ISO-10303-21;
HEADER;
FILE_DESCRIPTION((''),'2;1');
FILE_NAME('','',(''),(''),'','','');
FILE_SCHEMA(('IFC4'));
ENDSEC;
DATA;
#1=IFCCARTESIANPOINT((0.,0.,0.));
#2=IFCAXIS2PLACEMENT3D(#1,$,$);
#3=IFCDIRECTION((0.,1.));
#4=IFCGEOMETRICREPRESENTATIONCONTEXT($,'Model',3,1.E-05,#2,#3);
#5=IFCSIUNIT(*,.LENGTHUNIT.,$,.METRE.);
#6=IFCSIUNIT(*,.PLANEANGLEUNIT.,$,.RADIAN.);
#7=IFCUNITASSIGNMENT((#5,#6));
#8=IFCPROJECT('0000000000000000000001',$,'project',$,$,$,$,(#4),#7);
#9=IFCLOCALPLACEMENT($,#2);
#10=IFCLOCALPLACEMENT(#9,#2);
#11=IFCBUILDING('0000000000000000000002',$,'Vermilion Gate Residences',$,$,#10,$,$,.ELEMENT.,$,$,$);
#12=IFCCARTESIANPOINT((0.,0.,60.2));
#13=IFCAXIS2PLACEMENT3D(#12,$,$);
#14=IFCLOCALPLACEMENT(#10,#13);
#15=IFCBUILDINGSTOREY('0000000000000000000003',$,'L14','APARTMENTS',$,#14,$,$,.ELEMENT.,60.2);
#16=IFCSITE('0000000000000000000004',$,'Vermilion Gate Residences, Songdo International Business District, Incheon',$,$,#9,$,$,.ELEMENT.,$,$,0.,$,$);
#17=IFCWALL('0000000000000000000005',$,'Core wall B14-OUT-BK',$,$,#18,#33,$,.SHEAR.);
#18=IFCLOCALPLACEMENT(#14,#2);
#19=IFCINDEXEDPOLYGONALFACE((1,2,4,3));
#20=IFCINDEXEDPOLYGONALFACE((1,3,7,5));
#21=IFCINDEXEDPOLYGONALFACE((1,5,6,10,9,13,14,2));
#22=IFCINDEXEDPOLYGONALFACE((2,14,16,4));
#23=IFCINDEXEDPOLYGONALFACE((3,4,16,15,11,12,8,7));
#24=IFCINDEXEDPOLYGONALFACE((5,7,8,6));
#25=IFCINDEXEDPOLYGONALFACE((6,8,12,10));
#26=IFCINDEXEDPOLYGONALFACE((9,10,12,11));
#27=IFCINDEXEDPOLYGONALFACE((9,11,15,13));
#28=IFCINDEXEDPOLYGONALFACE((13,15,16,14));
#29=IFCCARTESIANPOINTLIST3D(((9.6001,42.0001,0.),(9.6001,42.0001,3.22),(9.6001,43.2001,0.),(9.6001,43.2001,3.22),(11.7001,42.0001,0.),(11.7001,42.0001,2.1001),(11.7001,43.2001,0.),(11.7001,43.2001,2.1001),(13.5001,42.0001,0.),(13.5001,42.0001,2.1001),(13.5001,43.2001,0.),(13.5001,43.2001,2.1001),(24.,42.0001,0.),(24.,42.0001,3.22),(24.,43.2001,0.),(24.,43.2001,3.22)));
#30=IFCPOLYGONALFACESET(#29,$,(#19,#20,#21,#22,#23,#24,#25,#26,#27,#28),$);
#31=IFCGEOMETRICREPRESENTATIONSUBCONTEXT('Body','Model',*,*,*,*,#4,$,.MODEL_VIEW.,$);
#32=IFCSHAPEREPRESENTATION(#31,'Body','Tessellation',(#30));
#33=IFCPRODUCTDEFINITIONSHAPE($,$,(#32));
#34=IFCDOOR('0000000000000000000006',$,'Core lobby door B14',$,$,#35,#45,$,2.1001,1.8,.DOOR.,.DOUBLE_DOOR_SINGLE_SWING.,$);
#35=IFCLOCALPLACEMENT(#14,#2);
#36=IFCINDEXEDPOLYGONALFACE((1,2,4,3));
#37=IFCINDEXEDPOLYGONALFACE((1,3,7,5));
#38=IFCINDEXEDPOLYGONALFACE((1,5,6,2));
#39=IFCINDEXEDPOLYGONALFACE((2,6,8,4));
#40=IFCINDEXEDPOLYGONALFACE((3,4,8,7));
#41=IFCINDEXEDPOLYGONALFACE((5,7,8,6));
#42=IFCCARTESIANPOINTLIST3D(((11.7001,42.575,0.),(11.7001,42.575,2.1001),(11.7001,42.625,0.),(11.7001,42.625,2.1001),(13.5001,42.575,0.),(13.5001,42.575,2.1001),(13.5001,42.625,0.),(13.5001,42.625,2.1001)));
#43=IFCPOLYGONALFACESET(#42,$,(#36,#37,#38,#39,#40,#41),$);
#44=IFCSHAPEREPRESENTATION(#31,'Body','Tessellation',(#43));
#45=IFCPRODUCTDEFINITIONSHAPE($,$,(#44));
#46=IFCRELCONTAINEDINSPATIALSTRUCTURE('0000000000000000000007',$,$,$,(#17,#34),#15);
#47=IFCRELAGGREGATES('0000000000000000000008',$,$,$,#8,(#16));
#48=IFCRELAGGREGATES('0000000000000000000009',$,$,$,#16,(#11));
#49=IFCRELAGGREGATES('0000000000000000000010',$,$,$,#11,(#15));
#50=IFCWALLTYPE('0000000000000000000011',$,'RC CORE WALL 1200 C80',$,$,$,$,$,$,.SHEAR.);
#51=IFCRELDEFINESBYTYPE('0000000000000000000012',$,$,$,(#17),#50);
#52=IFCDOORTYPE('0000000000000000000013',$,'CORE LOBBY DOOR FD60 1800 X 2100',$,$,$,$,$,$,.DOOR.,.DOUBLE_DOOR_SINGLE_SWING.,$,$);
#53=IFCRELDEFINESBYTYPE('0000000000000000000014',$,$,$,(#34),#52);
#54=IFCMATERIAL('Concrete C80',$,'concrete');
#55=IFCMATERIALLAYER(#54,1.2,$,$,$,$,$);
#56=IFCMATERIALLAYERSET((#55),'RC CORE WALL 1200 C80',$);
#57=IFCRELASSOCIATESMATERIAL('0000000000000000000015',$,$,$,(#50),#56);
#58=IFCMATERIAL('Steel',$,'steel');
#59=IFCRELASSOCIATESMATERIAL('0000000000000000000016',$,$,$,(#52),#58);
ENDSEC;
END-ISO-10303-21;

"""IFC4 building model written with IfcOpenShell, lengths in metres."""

from ifc_helpers import new_model, si_unit, direction, frame, frame_2d, origin, place, context, subcontext, project, spatial, rectangle, extrude, material, layer, layer_set, type_object, element, fill, save


model = new_model("IFC4")

# Units and contexts
model_context = context("Model", 3, precision=1e-05, world=origin(), true_north=direction((0.0, 1.0)))
body_context = subcontext(model_context, "Body", "Model", "MODEL_VIEW")
ifc_project = project(units=[si_unit("LENGTHUNIT", "METRE"), si_unit("PLANEANGLEUNIT", "RADIAN")], contexts=[model_context])

# Site, building, storey
site_placement = place(None, origin())
site = spatial("IfcSite", under=ifc_project, at=site_placement, Name="Vermilion Gate Residences, Songdo International Business District, Incheon", CompositionType="ELEMENT", RefElevation=0.0)
building_placement = place(site_placement, origin())
building = spatial("IfcBuilding", under=site, at=building_placement, Name="Vermilion Gate Residences", CompositionType="ELEMENT")
storey_placement = place(building_placement, frame((0.0, 0.0, 60.2)))
storey = spatial("IfcBuildingStorey", under=building, at=storey_placement, Name="L14", Description="APARTMENTS", CompositionType="ELEMENT", Elevation=60.2)

# Wall, opening, door
ifc_material_1 = material(Name="Concrete C80", Category="concrete")
ifc_layer_1 = layer(ifc_material_1, 1.2)
ifc_layer_set_1 = layer_set([ifc_layer_1], Name="RC CORE WALL 1200 C80")
wall_type_1 = type_object("IfcWallType", Name="RC CORE WALL 1200 C80", PredefinedType="SHEAR", material=ifc_layer_set_1)
wall_1_placement = place(storey_placement, frame((9.6001, 42.6001, 0.0), z_axis=(0.0, 0.0, 1.0), x_axis=(1.0, 0.0, 0.0)))
wall_1 = element("IfcWall", 1, at=wall_1_placement, inside=storey, type_object=wall_type_1, Name="Core wall B14-OUT-BK", PredefinedType="SHEAR", context=body_context, shape_type="SweptSolid", body=[
    extrude(rectangle(XDim=14.3999, YDim=1.2, at=frame_2d((7.2, 0.0))), origin(), (0.0, 0.0, 1.0), 3.22),
])
opening_1_placement = place(wall_1_placement, frame((2.1001, 0.0, 0.0)))
opening_1 = element("IfcOpeningElement", 2, at=opening_1_placement, cuts=wall_1, PredefinedType="OPENING", context=body_context, shape_type="SweptSolid", body=[
    extrude(rectangle(XDim=1.8, YDim=2.1001, at=frame_2d((0.8999, 1.05))), frame((0.0, 0.6099, 0.0), z_axis=(0.0, -1.0, 0.0), x_axis=(1.0, 0.0, 0.0)), (0.0, 0.0, 1.0), 1.22),
])
ifc_material_2 = material(Name="Steel", Category="steel")
door_type_1 = type_object("IfcDoorType", Name="CORE LOBBY DOOR FD60 1800 X 2100", OperationType="DOUBLE_DOOR_SINGLE_SWING", PredefinedType="DOOR", material=ifc_material_2)
door_1_placement = place(opening_1_placement, origin())
door_1 = element("IfcDoor", 3, at=door_1_placement, inside=storey, type_object=door_type_1, Name="Core lobby door B14", OperationType="DOUBLE_DOOR_SINGLE_SWING", OverallHeight=2.1001, OverallWidth=1.8, PredefinedType="DOOR", context=body_context, shape_type="SweptSolid", body=[
    extrude(rectangle(XDim=1.8, YDim=2.1001, at=frame_2d((0.8999, 1.05))), frame((0.0, 0.0249, 0.0), z_axis=(0.0, -1.0, 0.0), x_axis=(1.0, 0.0, 0.0)), (0.0, 0.0, 1.0), 0.05),
])
fill(opening_1, door_1)

save(model, "model.ifc")
